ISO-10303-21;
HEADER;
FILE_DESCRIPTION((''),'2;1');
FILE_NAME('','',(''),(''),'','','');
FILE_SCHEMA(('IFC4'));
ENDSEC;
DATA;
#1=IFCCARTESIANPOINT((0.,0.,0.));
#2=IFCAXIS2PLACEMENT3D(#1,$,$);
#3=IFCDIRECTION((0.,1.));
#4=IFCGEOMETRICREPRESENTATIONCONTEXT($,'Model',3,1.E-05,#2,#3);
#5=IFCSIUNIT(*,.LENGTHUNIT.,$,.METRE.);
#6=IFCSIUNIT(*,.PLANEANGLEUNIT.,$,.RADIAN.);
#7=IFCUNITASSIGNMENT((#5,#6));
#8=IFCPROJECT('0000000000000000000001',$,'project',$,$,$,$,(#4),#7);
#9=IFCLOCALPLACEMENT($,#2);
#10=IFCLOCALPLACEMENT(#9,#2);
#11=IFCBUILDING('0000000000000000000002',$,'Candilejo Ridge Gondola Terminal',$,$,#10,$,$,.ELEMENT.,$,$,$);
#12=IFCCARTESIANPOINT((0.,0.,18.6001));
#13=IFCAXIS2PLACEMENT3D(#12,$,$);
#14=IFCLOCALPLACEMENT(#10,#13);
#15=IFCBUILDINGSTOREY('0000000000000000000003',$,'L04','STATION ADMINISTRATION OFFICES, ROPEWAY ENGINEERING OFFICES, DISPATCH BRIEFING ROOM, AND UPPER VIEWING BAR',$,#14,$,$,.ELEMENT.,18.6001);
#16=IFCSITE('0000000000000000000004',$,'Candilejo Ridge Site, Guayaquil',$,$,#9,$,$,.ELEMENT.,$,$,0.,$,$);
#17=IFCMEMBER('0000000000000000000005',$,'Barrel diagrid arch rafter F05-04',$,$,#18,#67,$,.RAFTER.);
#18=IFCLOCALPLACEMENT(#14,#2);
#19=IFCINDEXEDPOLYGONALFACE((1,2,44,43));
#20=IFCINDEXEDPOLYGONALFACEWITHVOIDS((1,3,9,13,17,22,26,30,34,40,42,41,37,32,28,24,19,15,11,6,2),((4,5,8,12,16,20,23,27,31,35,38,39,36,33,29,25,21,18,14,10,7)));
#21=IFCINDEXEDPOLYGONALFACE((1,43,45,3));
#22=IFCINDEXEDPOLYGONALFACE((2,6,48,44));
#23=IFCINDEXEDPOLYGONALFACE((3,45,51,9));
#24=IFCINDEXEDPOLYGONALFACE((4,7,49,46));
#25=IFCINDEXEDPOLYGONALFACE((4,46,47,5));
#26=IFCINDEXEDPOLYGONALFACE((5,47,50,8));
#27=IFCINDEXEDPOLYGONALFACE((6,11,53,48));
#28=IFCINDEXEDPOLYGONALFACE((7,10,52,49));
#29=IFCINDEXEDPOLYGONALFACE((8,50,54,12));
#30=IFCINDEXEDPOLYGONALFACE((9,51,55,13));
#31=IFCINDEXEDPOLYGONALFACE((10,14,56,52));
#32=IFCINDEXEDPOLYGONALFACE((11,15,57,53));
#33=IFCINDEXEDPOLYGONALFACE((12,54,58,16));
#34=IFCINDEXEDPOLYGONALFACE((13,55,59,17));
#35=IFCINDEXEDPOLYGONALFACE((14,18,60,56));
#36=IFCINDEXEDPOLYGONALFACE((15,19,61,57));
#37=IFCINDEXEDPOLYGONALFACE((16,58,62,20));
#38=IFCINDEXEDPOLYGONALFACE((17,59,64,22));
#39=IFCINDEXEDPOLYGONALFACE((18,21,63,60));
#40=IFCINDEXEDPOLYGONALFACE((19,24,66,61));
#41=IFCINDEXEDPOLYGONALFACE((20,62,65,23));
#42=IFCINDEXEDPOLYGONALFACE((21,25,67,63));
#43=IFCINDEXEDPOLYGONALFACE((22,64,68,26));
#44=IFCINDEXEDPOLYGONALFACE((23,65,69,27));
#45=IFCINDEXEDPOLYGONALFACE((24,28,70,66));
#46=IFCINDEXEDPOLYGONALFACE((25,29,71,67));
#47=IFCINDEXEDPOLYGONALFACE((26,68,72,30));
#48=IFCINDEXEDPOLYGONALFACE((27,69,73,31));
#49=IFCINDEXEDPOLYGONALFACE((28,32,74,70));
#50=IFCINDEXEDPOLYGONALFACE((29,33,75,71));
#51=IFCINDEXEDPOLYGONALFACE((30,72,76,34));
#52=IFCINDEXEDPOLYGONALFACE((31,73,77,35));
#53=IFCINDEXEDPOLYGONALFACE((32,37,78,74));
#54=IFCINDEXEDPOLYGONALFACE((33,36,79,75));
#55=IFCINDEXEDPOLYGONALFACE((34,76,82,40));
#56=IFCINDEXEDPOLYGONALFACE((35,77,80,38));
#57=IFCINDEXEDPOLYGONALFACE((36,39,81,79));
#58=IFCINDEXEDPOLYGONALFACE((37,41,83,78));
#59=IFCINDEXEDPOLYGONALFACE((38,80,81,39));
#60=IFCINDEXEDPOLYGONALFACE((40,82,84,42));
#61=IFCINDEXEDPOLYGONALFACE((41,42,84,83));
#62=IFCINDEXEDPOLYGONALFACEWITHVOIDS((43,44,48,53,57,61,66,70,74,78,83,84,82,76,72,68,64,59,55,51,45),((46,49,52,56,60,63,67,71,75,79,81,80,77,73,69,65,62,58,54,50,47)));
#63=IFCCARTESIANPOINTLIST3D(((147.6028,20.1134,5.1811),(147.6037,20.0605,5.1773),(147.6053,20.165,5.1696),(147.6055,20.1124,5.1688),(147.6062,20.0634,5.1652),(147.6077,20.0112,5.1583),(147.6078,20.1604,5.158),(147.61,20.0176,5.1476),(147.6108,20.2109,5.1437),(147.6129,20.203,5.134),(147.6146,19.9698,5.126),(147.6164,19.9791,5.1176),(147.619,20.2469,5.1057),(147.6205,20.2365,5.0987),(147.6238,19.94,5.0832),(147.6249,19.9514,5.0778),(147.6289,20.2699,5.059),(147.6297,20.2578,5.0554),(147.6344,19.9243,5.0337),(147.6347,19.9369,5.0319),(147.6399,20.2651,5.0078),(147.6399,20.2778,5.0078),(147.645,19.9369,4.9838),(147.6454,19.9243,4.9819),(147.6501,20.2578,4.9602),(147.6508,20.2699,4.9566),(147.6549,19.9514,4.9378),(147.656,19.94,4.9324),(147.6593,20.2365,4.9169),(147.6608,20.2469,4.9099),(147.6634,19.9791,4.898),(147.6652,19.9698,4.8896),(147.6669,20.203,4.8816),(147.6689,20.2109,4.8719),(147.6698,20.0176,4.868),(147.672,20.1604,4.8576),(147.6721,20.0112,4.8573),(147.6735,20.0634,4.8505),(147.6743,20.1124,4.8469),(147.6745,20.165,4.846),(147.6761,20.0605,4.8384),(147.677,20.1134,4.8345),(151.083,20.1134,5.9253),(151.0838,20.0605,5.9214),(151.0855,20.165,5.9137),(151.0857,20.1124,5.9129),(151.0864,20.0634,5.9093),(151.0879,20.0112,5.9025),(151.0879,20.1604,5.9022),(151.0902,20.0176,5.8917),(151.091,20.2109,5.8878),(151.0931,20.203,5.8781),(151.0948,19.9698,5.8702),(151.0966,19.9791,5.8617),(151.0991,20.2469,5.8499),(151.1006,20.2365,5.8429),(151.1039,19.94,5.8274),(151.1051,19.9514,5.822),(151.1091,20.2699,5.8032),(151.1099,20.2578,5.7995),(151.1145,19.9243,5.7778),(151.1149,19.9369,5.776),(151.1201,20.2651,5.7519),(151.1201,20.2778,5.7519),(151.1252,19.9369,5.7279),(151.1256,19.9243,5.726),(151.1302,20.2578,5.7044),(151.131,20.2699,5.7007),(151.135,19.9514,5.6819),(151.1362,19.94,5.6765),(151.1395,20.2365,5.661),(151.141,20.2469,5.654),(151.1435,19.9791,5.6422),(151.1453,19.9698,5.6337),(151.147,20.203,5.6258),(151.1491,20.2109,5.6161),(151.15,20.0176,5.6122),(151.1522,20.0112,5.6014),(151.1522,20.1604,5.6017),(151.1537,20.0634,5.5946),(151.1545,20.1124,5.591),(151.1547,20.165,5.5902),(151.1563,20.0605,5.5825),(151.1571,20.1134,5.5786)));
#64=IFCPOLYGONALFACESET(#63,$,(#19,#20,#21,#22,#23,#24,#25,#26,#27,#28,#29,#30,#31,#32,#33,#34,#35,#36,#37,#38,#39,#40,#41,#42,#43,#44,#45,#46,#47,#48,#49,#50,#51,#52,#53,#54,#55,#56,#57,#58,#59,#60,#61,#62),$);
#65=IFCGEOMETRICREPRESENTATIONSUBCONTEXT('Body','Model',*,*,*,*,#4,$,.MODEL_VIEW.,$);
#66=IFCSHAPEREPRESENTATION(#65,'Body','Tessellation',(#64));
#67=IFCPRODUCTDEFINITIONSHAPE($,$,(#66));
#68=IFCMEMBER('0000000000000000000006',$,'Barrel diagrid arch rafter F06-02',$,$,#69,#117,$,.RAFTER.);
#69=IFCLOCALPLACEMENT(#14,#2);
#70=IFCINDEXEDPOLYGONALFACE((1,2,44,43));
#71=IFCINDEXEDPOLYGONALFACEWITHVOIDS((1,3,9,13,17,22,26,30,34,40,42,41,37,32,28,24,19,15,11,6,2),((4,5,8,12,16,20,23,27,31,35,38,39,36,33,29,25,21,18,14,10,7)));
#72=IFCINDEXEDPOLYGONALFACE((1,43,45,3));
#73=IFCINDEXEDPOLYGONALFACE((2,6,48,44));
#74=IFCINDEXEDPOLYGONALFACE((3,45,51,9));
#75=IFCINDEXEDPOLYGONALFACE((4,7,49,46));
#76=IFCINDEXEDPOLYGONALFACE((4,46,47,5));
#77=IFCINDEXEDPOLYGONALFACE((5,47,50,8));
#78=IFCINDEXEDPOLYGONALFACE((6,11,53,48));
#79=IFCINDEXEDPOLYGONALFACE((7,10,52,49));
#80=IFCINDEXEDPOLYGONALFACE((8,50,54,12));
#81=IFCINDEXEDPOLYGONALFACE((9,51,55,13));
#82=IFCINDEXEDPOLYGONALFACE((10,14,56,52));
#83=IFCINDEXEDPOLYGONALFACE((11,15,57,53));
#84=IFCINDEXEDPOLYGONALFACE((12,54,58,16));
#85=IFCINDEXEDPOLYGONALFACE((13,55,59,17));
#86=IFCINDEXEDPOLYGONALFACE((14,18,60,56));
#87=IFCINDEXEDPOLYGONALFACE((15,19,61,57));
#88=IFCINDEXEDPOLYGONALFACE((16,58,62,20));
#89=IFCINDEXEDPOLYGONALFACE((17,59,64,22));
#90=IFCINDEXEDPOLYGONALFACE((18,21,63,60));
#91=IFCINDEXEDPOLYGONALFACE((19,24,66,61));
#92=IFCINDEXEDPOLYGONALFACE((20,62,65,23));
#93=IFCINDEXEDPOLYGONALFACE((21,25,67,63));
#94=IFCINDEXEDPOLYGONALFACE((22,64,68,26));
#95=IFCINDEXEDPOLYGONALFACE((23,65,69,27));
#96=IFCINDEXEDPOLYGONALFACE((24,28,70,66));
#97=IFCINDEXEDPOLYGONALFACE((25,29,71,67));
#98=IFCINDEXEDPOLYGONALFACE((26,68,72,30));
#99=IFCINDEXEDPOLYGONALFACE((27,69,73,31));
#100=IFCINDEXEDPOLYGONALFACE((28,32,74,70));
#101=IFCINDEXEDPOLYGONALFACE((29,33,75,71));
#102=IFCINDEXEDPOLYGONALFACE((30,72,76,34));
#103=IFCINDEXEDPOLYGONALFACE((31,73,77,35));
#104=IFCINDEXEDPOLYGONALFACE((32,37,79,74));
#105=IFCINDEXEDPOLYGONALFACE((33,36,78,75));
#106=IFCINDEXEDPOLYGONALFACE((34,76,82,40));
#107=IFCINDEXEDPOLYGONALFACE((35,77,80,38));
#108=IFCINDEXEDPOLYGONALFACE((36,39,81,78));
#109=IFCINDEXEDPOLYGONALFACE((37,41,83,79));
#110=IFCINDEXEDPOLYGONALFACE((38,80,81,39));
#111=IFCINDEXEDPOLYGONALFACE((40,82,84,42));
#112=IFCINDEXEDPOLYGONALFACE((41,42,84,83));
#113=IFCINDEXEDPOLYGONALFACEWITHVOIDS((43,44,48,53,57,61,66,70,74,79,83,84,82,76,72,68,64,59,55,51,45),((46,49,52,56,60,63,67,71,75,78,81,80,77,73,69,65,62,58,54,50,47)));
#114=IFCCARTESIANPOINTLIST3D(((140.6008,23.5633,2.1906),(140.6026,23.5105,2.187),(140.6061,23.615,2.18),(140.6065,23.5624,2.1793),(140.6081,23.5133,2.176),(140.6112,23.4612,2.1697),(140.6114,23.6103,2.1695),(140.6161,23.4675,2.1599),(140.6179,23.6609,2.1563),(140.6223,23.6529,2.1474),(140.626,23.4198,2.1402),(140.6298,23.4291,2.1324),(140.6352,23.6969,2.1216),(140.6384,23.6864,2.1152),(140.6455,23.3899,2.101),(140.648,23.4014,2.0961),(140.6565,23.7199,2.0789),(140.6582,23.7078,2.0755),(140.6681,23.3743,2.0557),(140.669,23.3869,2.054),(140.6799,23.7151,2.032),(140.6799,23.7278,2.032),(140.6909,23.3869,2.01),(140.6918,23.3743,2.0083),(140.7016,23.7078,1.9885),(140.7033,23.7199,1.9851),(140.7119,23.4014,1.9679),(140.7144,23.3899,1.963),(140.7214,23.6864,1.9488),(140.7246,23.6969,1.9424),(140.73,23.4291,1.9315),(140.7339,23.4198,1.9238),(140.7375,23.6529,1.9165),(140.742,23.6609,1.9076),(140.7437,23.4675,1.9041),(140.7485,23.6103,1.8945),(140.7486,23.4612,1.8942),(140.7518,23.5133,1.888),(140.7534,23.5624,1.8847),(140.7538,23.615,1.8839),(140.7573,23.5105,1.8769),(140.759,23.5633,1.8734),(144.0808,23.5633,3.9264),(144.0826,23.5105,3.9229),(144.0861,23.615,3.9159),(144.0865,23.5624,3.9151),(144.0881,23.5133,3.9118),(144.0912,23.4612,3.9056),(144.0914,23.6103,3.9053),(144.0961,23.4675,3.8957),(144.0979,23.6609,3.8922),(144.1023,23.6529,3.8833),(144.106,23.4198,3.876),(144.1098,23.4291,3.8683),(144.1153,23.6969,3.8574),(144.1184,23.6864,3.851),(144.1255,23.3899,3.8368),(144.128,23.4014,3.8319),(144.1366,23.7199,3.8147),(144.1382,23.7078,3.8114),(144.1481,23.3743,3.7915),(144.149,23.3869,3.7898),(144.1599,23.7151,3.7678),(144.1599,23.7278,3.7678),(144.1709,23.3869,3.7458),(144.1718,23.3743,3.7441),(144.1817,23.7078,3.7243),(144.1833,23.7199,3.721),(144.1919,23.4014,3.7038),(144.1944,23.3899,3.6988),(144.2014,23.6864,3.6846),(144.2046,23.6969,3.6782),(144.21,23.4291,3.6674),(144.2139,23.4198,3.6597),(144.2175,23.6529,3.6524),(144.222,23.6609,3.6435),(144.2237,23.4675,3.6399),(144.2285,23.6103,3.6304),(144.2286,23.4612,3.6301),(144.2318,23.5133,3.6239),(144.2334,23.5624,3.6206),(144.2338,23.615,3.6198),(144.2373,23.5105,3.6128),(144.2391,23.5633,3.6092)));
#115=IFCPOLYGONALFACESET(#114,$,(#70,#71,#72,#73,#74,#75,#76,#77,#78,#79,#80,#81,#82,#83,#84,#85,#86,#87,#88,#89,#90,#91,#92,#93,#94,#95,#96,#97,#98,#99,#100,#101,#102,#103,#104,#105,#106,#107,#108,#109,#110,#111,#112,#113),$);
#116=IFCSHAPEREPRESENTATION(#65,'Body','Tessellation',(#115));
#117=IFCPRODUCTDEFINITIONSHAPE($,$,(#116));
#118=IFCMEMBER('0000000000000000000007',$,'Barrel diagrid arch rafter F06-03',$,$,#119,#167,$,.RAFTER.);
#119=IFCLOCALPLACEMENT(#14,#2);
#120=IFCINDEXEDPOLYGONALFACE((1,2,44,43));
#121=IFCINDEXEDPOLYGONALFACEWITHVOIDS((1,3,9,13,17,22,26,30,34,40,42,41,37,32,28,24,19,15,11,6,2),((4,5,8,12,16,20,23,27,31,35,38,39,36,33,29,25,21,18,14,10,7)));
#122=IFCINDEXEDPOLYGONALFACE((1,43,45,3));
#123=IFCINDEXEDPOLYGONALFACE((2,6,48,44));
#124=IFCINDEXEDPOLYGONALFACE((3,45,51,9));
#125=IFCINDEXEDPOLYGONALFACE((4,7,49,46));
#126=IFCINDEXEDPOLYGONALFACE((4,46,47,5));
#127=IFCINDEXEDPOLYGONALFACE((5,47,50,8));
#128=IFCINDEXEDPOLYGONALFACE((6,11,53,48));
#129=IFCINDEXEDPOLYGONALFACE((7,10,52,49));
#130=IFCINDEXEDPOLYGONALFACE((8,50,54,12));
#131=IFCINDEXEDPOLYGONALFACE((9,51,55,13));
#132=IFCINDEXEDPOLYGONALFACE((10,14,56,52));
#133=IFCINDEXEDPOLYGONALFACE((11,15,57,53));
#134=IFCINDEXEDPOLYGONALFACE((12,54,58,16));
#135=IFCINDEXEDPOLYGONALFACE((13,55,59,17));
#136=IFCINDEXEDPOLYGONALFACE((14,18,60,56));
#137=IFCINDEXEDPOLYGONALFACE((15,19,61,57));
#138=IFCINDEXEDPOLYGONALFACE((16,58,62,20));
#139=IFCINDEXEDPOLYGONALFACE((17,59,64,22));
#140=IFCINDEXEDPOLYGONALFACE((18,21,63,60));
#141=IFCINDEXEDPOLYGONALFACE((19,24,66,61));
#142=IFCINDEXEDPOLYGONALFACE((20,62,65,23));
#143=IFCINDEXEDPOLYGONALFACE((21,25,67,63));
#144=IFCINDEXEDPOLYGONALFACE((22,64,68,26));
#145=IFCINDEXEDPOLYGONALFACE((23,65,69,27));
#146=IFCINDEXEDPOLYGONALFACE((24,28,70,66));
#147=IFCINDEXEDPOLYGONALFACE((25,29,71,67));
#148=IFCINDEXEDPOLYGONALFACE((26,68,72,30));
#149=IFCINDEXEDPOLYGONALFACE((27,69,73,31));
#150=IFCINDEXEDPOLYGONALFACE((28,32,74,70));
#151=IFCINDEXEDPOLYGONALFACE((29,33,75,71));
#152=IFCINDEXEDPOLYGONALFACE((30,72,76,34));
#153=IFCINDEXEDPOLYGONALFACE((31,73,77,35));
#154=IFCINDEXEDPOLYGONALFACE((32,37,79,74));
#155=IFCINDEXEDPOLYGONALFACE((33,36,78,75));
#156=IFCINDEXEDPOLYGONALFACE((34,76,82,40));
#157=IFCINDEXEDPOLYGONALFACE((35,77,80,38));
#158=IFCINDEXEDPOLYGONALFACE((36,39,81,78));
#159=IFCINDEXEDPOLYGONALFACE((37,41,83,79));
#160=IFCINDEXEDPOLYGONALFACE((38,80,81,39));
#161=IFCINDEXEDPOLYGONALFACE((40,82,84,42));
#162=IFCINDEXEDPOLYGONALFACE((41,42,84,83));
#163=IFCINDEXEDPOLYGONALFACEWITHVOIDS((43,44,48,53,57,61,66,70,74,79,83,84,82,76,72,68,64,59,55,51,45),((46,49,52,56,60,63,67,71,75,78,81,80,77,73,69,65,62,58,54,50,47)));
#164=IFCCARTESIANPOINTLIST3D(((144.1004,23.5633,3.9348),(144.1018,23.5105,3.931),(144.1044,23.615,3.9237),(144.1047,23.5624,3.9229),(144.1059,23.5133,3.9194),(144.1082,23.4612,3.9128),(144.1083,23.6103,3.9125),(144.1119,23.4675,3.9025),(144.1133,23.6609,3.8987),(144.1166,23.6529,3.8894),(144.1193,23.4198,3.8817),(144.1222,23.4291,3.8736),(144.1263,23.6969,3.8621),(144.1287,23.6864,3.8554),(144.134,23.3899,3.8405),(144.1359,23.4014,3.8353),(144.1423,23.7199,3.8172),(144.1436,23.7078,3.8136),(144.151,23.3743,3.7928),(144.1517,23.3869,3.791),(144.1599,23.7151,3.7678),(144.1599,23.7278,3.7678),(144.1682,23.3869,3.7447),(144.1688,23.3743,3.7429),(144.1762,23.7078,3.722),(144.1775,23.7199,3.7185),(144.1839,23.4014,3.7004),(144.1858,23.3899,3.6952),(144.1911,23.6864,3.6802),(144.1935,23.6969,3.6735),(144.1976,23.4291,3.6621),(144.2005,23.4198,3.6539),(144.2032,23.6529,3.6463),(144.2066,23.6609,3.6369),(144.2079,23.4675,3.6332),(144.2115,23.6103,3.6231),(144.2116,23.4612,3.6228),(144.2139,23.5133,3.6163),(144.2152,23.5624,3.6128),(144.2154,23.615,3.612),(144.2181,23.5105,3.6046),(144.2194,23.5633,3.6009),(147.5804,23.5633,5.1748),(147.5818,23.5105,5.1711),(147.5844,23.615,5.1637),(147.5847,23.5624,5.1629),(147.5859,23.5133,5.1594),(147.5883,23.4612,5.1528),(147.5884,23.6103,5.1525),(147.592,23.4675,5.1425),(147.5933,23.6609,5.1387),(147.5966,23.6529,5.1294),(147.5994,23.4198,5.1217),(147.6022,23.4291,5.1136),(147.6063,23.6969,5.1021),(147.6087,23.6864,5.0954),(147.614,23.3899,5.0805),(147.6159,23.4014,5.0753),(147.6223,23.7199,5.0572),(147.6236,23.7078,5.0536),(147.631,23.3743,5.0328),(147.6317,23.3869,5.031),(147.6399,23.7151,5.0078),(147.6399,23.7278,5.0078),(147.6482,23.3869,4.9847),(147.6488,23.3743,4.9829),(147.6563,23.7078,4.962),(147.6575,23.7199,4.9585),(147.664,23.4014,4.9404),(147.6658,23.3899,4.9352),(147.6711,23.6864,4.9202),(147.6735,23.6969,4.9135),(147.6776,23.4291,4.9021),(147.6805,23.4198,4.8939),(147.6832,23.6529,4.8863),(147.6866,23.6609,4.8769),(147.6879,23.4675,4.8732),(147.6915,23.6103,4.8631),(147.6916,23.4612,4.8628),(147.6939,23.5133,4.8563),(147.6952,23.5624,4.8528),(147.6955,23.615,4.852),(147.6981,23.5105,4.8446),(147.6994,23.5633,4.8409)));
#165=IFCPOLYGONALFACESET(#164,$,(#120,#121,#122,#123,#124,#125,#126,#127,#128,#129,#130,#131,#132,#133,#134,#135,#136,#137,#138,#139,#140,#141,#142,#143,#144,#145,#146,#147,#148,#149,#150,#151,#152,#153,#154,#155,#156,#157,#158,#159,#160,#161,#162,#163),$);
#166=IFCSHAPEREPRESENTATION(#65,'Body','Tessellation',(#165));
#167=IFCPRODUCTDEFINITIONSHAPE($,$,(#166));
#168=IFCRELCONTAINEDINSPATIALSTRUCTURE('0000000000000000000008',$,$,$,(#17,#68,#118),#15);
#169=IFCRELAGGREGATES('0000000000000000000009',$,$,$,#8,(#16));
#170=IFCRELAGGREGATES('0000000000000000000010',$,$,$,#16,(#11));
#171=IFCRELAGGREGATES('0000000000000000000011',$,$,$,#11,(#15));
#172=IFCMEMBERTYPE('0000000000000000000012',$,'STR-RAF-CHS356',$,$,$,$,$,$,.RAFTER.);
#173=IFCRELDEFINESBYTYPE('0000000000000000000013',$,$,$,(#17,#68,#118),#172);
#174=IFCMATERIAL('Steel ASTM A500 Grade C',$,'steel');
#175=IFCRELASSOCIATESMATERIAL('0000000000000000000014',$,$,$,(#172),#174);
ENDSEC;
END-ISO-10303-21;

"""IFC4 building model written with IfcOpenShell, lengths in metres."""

from ifc_helpers import new_model, si_unit, direction, frame, origin, origin_2d, place, context, subcontext, project, spatial, hollow_circle, extrude, material, material_profile, profile_set, type_object, element, save


model = new_model("IFC4")

# Units and contexts
model_context = context("Model", 3, precision=1e-05, world=origin(), true_north=direction((0.0, 1.0)))
body_context = subcontext(model_context, "Body", "Model", "MODEL_VIEW")
ifc_project = project(units=[si_unit("LENGTHUNIT", "METRE"), si_unit("PLANEANGLEUNIT", "RADIAN")], contexts=[model_context])

# Site, building, storey
site_placement = place(None, origin())
site = spatial("IfcSite", under=ifc_project, at=site_placement, Name="Candilejo Ridge Site, Guayaquil", CompositionType="ELEMENT", RefElevation=0.0)
building_placement = place(site_placement, origin())
building = spatial("IfcBuilding", under=site, at=building_placement, Name="Candilejo Ridge Gondola Terminal", CompositionType="ELEMENT")
storey_placement = place(building_placement, frame((0.0, 0.0, 18.6001)))
storey = spatial("IfcBuildingStorey", under=building, at=storey_placement, Name="L04", Description="STATION ADMINISTRATION OFFICES, ROPEWAY ENGINEERING OFFICES, DISPATCH BRIEFING ROOM, AND UPPER VIEWING BAR", CompositionType="ELEMENT", Elevation=18.6001)

# Members
ifc_material_1 = material(Name="Steel ASTM A500 Grade C", Category="steel")
ifc_material_profile_1 = material_profile(ifc_material_1, hollow_circle(Radius=0.1777, WallThickness=0.0127, at=origin_2d()))
ifc_profile_set_1 = profile_set([ifc_material_profile_1], Name="Steel ASTM A500 Grade C")
member_type_1 = type_object("IfcMemberType", Name="STR-RAF-CHS356", PredefinedType="RAFTER", material=ifc_profile_set_1)
member_1_placement = place(storey_placement, frame((147.6399, 20.1001, 5.0078), z_axis=(0.977896, 0.0, 0.209093), x_axis=(0.0, 1.0, 0.0)))
element("IfcMember", 1, at=member_1_placement, inside=storey, type_object=member_type_1, Name="Barrel diagrid arch rafter F05-04", PredefinedType="RAFTER", context=body_context, shape_type="SweptSolid", body=[
    extrude(hollow_circle(Radius=0.1777, WallThickness=0.0127, at=origin_2d()), origin(), (0.0, 0.0, 1.0), 3.5588),
])
member_2_placement = place(storey_placement, frame((140.6799, 23.55, 2.032), z_axis=(0.894854, 0.0, 0.44636), x_axis=(0.0, 1.0, 0.0)))
element("IfcMember", 2, at=member_2_placement, inside=storey, type_object=member_type_1, Name="Barrel diagrid arch rafter F06-02", PredefinedType="RAFTER", context=body_context, shape_type="SweptSolid", body=[
    extrude(hollow_circle(Radius=0.1777, WallThickness=0.0127, at=origin_2d()), origin(), (0.0, 0.0, 1.0), 3.8889),
])
member_3_placement = place(storey_placement, frame((144.1599, 23.55, 3.7678), z_axis=(0.941987, 0.0, 0.33565), x_axis=(0.0, 1.0, 0.0)))
element("IfcMember", 3, at=member_3_placement, inside=storey, type_object=member_type_1, Name="Barrel diagrid arch rafter F06-03", PredefinedType="RAFTER", context=body_context, shape_type="SweptSolid", body=[
    extrude(hollow_circle(Radius=0.1777, WallThickness=0.0127, at=origin_2d()), origin(), (0.0, 0.0, 1.0), 3.6943),
])

save(model, "model.ifc")
